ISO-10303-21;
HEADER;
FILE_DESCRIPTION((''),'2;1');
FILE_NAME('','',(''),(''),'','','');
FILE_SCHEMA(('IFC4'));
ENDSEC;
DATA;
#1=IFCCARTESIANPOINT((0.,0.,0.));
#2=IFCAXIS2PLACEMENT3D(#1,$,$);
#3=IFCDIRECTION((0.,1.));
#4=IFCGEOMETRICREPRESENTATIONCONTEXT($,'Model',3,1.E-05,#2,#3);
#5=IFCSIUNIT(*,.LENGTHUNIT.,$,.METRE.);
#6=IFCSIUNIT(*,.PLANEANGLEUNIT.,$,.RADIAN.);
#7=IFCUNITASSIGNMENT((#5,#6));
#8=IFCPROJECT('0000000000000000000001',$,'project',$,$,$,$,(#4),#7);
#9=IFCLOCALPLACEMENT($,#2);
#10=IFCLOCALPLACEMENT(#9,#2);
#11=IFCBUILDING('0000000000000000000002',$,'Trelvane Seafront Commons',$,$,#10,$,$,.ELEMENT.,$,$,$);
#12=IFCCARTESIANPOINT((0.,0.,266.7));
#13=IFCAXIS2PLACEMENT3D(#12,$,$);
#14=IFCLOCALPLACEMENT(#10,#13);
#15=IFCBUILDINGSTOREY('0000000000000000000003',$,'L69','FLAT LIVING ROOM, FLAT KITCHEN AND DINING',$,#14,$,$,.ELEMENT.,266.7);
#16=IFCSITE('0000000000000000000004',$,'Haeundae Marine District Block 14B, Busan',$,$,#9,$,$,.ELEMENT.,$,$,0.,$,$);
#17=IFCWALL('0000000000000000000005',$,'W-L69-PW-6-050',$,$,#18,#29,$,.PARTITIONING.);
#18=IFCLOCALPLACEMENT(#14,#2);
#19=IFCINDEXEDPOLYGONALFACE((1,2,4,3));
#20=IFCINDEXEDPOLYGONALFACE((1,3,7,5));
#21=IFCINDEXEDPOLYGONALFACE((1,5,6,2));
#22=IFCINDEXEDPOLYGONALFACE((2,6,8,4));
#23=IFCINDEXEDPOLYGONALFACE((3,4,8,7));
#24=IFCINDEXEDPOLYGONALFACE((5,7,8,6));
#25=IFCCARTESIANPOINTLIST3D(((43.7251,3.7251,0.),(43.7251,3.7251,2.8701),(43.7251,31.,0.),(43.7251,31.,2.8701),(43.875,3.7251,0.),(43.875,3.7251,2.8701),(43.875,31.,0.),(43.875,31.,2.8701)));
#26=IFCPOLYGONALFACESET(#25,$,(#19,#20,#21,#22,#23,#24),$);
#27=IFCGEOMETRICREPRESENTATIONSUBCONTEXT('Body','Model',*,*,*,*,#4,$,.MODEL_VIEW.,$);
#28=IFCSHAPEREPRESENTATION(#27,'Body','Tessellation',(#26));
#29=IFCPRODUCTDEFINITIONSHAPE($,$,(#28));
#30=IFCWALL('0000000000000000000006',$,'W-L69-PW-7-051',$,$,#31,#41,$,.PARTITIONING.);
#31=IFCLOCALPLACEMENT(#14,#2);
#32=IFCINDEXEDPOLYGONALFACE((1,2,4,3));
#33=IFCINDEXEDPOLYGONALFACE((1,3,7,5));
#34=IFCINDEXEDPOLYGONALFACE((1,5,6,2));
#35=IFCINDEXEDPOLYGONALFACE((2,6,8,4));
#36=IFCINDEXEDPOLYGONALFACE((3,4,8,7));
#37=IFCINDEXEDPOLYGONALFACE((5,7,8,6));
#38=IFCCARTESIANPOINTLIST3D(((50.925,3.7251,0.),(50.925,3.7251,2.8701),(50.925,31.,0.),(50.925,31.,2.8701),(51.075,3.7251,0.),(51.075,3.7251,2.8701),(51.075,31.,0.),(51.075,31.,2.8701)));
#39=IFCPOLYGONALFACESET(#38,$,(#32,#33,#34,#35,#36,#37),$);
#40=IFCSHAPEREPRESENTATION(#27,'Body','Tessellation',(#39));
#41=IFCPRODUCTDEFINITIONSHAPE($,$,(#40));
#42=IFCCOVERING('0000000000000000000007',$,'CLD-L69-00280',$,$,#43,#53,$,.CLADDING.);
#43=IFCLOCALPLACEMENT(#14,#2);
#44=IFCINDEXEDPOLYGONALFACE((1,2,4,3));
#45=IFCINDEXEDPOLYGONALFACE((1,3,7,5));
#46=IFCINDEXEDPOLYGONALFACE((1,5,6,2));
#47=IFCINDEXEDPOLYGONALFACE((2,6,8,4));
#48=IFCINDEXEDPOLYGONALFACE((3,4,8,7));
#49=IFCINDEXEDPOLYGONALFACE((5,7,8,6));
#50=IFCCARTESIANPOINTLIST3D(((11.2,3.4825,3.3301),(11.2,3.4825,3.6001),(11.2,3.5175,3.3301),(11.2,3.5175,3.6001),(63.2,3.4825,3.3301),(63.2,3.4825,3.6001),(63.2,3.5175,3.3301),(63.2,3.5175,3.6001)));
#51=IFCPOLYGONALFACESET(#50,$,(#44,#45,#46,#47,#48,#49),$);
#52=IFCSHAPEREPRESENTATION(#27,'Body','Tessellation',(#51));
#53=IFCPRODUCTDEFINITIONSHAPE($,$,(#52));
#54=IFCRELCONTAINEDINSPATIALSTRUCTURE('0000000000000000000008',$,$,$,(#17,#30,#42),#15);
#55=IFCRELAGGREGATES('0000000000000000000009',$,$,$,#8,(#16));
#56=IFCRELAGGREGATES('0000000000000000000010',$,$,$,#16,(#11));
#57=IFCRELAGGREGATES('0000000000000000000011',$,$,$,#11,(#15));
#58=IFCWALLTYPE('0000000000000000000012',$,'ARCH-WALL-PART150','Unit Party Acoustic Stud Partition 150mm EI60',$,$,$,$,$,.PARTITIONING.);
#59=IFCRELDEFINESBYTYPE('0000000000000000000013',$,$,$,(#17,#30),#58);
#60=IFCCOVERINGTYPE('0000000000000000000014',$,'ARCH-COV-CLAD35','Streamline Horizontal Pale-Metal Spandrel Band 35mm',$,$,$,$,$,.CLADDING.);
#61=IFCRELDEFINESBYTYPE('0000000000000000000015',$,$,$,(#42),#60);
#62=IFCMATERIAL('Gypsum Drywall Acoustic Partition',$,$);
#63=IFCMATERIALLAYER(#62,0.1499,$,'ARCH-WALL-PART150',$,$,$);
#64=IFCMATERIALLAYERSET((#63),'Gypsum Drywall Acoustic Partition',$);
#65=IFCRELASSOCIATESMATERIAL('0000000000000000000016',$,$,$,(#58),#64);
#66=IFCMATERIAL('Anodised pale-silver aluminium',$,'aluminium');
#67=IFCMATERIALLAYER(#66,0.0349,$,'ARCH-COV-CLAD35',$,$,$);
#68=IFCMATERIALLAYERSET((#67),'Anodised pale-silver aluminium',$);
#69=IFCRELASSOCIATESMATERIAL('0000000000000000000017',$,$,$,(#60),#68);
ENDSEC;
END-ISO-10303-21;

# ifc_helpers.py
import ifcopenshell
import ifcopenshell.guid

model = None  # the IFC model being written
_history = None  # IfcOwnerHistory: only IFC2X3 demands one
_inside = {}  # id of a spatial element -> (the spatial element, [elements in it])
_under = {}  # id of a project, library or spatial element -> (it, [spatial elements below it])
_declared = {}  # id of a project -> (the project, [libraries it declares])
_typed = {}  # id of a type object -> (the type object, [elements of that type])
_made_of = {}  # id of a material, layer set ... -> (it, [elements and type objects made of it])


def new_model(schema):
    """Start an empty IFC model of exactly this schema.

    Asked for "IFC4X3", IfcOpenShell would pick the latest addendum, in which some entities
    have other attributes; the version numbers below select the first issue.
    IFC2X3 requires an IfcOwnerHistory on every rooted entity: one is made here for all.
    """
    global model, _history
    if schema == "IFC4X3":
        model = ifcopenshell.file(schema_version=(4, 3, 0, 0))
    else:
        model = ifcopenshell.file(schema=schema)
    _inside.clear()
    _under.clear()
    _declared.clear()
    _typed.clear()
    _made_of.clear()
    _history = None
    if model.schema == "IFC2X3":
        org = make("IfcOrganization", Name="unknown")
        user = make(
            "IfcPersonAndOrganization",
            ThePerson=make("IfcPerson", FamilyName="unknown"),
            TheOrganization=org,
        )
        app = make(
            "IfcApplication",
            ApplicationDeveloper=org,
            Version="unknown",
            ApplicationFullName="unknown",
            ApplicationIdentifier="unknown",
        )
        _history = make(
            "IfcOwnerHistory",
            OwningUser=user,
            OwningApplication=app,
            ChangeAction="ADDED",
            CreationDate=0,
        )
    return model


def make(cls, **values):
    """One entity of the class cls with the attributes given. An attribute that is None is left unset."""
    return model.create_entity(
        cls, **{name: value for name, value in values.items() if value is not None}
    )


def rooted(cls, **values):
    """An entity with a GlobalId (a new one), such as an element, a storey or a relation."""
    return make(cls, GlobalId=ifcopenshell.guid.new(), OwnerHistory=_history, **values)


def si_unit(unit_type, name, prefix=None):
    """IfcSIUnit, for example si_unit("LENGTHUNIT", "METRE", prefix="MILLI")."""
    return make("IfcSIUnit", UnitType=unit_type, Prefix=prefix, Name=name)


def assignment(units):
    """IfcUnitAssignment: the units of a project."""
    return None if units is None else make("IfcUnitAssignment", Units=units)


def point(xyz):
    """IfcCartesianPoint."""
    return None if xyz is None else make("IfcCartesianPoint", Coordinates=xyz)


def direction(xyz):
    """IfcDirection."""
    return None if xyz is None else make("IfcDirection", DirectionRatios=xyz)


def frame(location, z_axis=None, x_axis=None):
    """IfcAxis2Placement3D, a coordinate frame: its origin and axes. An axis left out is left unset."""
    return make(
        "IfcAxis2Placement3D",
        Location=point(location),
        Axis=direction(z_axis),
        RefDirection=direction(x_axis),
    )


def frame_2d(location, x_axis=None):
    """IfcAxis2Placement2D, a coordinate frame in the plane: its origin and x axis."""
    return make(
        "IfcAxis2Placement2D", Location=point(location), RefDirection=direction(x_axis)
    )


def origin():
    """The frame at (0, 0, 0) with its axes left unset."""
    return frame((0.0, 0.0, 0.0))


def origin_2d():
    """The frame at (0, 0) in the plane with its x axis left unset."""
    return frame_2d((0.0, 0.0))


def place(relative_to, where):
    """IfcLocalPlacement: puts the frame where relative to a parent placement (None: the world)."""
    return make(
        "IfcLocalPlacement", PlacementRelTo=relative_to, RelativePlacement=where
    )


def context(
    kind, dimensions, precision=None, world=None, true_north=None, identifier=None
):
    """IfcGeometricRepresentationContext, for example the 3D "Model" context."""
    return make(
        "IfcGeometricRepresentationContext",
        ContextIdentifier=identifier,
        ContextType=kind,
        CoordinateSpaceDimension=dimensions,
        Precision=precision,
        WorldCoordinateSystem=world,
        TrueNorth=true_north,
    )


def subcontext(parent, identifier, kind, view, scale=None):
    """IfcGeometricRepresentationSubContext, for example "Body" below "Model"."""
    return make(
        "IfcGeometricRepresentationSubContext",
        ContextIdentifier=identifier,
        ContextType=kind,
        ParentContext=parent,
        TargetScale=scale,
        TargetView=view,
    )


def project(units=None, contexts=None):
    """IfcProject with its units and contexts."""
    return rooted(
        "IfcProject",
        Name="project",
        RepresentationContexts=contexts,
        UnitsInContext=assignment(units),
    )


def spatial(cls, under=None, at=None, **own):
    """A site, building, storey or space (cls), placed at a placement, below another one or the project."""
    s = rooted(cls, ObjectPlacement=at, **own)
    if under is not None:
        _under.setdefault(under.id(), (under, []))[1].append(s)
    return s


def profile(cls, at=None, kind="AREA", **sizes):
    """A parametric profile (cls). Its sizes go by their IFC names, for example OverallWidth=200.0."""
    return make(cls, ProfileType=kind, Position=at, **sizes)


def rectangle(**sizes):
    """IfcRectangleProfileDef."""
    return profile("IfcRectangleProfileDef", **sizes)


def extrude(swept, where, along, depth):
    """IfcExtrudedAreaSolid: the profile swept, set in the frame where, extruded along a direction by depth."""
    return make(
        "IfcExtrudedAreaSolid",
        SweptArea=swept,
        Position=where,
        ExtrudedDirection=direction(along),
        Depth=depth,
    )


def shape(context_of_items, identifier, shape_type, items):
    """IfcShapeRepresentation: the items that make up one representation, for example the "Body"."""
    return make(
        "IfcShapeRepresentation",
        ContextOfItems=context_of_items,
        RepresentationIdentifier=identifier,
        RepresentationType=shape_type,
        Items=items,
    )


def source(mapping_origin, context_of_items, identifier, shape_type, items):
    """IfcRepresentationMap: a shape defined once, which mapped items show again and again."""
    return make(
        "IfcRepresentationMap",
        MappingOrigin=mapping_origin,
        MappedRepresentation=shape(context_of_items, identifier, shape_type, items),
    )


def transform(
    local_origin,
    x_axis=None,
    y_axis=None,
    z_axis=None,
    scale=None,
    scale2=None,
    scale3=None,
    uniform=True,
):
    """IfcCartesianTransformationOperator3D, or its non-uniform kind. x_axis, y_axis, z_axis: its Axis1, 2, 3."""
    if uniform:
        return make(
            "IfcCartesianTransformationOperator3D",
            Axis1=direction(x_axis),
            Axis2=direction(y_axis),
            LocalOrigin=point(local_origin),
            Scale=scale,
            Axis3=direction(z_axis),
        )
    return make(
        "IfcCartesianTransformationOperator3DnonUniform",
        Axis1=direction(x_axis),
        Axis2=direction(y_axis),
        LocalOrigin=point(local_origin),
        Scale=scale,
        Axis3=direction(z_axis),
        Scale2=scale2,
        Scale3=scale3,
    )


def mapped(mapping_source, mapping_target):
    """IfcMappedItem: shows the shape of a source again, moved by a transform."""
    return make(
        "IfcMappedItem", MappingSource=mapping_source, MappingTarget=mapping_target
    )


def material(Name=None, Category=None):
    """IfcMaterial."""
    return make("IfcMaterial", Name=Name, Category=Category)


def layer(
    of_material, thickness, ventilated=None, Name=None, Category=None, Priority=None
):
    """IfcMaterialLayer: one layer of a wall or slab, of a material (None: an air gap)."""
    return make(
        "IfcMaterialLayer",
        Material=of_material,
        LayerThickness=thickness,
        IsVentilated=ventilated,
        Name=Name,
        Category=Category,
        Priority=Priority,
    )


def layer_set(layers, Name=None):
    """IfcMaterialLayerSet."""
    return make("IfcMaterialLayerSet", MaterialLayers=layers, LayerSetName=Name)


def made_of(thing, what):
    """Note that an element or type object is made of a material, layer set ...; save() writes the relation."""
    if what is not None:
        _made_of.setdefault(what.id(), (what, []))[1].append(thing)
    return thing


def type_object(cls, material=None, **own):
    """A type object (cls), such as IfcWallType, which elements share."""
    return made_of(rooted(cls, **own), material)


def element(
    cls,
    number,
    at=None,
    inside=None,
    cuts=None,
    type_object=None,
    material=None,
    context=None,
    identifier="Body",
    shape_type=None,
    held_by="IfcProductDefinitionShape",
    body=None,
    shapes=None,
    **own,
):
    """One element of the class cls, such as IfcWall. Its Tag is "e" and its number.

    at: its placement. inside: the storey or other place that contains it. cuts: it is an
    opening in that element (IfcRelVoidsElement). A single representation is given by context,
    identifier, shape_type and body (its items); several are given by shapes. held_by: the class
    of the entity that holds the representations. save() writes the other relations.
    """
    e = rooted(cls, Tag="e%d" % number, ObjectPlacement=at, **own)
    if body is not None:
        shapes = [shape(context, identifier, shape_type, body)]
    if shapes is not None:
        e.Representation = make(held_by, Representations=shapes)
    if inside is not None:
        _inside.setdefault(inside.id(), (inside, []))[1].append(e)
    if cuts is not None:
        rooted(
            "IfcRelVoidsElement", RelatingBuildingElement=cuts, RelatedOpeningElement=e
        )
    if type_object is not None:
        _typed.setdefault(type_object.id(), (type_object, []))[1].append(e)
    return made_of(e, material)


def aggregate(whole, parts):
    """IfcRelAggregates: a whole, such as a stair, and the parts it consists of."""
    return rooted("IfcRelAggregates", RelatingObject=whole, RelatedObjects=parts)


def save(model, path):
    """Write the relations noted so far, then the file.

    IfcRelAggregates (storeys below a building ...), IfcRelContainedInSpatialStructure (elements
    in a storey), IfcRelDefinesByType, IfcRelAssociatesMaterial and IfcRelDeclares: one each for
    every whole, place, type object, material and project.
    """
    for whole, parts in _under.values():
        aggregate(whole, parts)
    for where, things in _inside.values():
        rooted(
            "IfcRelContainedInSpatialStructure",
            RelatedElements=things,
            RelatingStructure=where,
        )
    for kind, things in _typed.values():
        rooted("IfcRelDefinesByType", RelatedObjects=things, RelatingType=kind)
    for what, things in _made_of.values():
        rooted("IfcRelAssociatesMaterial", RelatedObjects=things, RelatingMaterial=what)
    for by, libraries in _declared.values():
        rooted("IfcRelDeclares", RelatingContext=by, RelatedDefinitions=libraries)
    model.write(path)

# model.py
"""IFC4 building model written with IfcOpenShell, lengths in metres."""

from ifc_helpers import new_model, si_unit, direction, frame, frame_2d, origin, origin_2d, place, context, subcontext, project, spatial, rectangle, extrude, source, transform, mapped, material, layer, layer_set, type_object, element, save


model = new_model("IFC4")

# Units and contexts
model_context = context("Model", 3, precision=1e-05, world=origin(), true_north=direction((0.0, 1.0)))
body_context = subcontext(model_context, "Body", "Model", "MODEL_VIEW")
ifc_project = project(units=[si_unit("LENGTHUNIT", "METRE"), si_unit("PLANEANGLEUNIT", "RADIAN")], contexts=[model_context])

# Site, building, storey
site_placement = place(None, origin())
site = spatial("IfcSite", under=ifc_project, at=site_placement, Name="Haeundae Marine District Block 14B, Busan", CompositionType="ELEMENT", RefElevation=0.0)
building_placement = place(site_placement, origin())
building = spatial("IfcBuilding", under=site, at=building_placement, Name="Trelvane Seafront Commons", CompositionType="ELEMENT")
storey_placement = place(building_placement, frame((0.0, 0.0, 266.7)))
storey = spatial("IfcBuildingStorey", under=building, at=storey_placement, Name="L69", Description="FLAT LIVING ROOM, FLAT KITCHEN AND DINING", CompositionType="ELEMENT", Elevation=266.7)

# Shared definitions
ifc_material_1 = material(Name="Anodised pale-silver aluminium", Category="aluminium")

# Shared definitions
ifc_material_2 = material(Name="Gypsum Drywall Acoustic Partition")

# Walls
ifc_layer_1 = layer(ifc_material_2, 0.1499, Name="ARCH-WALL-PART150")
ifc_layer_set_1 = layer_set([ifc_layer_1], Name="Gypsum Drywall Acoustic Partition")
wall_type_1 = type_object("IfcWallType", Name="ARCH-WALL-PART150", Description="Unit Party Acoustic Stud Partition 150mm EI60", PredefinedType="PARTITIONING", material=ifc_layer_set_1)
for number, where, z_axis, x_axis, name in (
    (1, (43.8, 3.7251, 0.0), (0.0, 0.0, 1.0), (0.0, 1.0, 0.0), "W-L69-PW-6-050"),
    (2, (51.0, 3.7251, 0.0), (0.0, 0.0, 1.0), (0.0, 1.0, 0.0), "W-L69-PW-7-051"),
):
    element("IfcWall", number, at=place(storey_placement, frame(where, z_axis=z_axis, x_axis=x_axis)), inside=storey, type_object=wall_type_1, Name=name, PredefinedType="PARTITIONING", context=body_context, shape_type="SweptSolid", body=[
        extrude(rectangle(XDim=27.2749, YDim=0.1499, at=frame_2d((13.6375, 0.0))), origin(), (0.0, 0.0, 1.0), 2.8701),
    ])

# Covering
ifc_layer_2 = layer(ifc_material_1, 0.0349, Name="ARCH-COV-CLAD35")
ifc_layer_set_2 = layer_set([ifc_layer_2], Name="Anodised pale-silver aluminium")
covering_type = type_object("IfcCoveringType", Name="ARCH-COV-CLAD35", Description="Streamline Horizontal Pale-Metal Spandrel Band 35mm", PredefinedType="CLADDING", material=ifc_layer_set_2)
shared_shape_1 = source(origin(), body_context, "Body", "SweptSolid", [
    extrude(rectangle(XDim=52.0, YDim=0.0349, at=origin_2d()), origin(), (0.0, 0.0, 1.0), 0.27),
])
covering_placement = place(storey_placement, frame((37.2, 3.5, 3.3301), z_axis=(0.0, 0.0, 1.0), x_axis=(-1.0, 0.0, 0.0)))
element("IfcCovering", 3, at=covering_placement, inside=storey, type_object=covering_type, Name="CLD-L69-00280", PredefinedType="CLADDING", context=body_context, shape_type="MappedRepresentation", body=[
    mapped(shared_shape_1, transform((0.0, 0.0, 0.0), x_axis=(1.0, 0.0, 0.0), y_axis=(0.0, 1.0, 0.0), z_axis=(0.0, 0.0, 1.0), scale=1.0)),
])

save(model, "model.ifc")
